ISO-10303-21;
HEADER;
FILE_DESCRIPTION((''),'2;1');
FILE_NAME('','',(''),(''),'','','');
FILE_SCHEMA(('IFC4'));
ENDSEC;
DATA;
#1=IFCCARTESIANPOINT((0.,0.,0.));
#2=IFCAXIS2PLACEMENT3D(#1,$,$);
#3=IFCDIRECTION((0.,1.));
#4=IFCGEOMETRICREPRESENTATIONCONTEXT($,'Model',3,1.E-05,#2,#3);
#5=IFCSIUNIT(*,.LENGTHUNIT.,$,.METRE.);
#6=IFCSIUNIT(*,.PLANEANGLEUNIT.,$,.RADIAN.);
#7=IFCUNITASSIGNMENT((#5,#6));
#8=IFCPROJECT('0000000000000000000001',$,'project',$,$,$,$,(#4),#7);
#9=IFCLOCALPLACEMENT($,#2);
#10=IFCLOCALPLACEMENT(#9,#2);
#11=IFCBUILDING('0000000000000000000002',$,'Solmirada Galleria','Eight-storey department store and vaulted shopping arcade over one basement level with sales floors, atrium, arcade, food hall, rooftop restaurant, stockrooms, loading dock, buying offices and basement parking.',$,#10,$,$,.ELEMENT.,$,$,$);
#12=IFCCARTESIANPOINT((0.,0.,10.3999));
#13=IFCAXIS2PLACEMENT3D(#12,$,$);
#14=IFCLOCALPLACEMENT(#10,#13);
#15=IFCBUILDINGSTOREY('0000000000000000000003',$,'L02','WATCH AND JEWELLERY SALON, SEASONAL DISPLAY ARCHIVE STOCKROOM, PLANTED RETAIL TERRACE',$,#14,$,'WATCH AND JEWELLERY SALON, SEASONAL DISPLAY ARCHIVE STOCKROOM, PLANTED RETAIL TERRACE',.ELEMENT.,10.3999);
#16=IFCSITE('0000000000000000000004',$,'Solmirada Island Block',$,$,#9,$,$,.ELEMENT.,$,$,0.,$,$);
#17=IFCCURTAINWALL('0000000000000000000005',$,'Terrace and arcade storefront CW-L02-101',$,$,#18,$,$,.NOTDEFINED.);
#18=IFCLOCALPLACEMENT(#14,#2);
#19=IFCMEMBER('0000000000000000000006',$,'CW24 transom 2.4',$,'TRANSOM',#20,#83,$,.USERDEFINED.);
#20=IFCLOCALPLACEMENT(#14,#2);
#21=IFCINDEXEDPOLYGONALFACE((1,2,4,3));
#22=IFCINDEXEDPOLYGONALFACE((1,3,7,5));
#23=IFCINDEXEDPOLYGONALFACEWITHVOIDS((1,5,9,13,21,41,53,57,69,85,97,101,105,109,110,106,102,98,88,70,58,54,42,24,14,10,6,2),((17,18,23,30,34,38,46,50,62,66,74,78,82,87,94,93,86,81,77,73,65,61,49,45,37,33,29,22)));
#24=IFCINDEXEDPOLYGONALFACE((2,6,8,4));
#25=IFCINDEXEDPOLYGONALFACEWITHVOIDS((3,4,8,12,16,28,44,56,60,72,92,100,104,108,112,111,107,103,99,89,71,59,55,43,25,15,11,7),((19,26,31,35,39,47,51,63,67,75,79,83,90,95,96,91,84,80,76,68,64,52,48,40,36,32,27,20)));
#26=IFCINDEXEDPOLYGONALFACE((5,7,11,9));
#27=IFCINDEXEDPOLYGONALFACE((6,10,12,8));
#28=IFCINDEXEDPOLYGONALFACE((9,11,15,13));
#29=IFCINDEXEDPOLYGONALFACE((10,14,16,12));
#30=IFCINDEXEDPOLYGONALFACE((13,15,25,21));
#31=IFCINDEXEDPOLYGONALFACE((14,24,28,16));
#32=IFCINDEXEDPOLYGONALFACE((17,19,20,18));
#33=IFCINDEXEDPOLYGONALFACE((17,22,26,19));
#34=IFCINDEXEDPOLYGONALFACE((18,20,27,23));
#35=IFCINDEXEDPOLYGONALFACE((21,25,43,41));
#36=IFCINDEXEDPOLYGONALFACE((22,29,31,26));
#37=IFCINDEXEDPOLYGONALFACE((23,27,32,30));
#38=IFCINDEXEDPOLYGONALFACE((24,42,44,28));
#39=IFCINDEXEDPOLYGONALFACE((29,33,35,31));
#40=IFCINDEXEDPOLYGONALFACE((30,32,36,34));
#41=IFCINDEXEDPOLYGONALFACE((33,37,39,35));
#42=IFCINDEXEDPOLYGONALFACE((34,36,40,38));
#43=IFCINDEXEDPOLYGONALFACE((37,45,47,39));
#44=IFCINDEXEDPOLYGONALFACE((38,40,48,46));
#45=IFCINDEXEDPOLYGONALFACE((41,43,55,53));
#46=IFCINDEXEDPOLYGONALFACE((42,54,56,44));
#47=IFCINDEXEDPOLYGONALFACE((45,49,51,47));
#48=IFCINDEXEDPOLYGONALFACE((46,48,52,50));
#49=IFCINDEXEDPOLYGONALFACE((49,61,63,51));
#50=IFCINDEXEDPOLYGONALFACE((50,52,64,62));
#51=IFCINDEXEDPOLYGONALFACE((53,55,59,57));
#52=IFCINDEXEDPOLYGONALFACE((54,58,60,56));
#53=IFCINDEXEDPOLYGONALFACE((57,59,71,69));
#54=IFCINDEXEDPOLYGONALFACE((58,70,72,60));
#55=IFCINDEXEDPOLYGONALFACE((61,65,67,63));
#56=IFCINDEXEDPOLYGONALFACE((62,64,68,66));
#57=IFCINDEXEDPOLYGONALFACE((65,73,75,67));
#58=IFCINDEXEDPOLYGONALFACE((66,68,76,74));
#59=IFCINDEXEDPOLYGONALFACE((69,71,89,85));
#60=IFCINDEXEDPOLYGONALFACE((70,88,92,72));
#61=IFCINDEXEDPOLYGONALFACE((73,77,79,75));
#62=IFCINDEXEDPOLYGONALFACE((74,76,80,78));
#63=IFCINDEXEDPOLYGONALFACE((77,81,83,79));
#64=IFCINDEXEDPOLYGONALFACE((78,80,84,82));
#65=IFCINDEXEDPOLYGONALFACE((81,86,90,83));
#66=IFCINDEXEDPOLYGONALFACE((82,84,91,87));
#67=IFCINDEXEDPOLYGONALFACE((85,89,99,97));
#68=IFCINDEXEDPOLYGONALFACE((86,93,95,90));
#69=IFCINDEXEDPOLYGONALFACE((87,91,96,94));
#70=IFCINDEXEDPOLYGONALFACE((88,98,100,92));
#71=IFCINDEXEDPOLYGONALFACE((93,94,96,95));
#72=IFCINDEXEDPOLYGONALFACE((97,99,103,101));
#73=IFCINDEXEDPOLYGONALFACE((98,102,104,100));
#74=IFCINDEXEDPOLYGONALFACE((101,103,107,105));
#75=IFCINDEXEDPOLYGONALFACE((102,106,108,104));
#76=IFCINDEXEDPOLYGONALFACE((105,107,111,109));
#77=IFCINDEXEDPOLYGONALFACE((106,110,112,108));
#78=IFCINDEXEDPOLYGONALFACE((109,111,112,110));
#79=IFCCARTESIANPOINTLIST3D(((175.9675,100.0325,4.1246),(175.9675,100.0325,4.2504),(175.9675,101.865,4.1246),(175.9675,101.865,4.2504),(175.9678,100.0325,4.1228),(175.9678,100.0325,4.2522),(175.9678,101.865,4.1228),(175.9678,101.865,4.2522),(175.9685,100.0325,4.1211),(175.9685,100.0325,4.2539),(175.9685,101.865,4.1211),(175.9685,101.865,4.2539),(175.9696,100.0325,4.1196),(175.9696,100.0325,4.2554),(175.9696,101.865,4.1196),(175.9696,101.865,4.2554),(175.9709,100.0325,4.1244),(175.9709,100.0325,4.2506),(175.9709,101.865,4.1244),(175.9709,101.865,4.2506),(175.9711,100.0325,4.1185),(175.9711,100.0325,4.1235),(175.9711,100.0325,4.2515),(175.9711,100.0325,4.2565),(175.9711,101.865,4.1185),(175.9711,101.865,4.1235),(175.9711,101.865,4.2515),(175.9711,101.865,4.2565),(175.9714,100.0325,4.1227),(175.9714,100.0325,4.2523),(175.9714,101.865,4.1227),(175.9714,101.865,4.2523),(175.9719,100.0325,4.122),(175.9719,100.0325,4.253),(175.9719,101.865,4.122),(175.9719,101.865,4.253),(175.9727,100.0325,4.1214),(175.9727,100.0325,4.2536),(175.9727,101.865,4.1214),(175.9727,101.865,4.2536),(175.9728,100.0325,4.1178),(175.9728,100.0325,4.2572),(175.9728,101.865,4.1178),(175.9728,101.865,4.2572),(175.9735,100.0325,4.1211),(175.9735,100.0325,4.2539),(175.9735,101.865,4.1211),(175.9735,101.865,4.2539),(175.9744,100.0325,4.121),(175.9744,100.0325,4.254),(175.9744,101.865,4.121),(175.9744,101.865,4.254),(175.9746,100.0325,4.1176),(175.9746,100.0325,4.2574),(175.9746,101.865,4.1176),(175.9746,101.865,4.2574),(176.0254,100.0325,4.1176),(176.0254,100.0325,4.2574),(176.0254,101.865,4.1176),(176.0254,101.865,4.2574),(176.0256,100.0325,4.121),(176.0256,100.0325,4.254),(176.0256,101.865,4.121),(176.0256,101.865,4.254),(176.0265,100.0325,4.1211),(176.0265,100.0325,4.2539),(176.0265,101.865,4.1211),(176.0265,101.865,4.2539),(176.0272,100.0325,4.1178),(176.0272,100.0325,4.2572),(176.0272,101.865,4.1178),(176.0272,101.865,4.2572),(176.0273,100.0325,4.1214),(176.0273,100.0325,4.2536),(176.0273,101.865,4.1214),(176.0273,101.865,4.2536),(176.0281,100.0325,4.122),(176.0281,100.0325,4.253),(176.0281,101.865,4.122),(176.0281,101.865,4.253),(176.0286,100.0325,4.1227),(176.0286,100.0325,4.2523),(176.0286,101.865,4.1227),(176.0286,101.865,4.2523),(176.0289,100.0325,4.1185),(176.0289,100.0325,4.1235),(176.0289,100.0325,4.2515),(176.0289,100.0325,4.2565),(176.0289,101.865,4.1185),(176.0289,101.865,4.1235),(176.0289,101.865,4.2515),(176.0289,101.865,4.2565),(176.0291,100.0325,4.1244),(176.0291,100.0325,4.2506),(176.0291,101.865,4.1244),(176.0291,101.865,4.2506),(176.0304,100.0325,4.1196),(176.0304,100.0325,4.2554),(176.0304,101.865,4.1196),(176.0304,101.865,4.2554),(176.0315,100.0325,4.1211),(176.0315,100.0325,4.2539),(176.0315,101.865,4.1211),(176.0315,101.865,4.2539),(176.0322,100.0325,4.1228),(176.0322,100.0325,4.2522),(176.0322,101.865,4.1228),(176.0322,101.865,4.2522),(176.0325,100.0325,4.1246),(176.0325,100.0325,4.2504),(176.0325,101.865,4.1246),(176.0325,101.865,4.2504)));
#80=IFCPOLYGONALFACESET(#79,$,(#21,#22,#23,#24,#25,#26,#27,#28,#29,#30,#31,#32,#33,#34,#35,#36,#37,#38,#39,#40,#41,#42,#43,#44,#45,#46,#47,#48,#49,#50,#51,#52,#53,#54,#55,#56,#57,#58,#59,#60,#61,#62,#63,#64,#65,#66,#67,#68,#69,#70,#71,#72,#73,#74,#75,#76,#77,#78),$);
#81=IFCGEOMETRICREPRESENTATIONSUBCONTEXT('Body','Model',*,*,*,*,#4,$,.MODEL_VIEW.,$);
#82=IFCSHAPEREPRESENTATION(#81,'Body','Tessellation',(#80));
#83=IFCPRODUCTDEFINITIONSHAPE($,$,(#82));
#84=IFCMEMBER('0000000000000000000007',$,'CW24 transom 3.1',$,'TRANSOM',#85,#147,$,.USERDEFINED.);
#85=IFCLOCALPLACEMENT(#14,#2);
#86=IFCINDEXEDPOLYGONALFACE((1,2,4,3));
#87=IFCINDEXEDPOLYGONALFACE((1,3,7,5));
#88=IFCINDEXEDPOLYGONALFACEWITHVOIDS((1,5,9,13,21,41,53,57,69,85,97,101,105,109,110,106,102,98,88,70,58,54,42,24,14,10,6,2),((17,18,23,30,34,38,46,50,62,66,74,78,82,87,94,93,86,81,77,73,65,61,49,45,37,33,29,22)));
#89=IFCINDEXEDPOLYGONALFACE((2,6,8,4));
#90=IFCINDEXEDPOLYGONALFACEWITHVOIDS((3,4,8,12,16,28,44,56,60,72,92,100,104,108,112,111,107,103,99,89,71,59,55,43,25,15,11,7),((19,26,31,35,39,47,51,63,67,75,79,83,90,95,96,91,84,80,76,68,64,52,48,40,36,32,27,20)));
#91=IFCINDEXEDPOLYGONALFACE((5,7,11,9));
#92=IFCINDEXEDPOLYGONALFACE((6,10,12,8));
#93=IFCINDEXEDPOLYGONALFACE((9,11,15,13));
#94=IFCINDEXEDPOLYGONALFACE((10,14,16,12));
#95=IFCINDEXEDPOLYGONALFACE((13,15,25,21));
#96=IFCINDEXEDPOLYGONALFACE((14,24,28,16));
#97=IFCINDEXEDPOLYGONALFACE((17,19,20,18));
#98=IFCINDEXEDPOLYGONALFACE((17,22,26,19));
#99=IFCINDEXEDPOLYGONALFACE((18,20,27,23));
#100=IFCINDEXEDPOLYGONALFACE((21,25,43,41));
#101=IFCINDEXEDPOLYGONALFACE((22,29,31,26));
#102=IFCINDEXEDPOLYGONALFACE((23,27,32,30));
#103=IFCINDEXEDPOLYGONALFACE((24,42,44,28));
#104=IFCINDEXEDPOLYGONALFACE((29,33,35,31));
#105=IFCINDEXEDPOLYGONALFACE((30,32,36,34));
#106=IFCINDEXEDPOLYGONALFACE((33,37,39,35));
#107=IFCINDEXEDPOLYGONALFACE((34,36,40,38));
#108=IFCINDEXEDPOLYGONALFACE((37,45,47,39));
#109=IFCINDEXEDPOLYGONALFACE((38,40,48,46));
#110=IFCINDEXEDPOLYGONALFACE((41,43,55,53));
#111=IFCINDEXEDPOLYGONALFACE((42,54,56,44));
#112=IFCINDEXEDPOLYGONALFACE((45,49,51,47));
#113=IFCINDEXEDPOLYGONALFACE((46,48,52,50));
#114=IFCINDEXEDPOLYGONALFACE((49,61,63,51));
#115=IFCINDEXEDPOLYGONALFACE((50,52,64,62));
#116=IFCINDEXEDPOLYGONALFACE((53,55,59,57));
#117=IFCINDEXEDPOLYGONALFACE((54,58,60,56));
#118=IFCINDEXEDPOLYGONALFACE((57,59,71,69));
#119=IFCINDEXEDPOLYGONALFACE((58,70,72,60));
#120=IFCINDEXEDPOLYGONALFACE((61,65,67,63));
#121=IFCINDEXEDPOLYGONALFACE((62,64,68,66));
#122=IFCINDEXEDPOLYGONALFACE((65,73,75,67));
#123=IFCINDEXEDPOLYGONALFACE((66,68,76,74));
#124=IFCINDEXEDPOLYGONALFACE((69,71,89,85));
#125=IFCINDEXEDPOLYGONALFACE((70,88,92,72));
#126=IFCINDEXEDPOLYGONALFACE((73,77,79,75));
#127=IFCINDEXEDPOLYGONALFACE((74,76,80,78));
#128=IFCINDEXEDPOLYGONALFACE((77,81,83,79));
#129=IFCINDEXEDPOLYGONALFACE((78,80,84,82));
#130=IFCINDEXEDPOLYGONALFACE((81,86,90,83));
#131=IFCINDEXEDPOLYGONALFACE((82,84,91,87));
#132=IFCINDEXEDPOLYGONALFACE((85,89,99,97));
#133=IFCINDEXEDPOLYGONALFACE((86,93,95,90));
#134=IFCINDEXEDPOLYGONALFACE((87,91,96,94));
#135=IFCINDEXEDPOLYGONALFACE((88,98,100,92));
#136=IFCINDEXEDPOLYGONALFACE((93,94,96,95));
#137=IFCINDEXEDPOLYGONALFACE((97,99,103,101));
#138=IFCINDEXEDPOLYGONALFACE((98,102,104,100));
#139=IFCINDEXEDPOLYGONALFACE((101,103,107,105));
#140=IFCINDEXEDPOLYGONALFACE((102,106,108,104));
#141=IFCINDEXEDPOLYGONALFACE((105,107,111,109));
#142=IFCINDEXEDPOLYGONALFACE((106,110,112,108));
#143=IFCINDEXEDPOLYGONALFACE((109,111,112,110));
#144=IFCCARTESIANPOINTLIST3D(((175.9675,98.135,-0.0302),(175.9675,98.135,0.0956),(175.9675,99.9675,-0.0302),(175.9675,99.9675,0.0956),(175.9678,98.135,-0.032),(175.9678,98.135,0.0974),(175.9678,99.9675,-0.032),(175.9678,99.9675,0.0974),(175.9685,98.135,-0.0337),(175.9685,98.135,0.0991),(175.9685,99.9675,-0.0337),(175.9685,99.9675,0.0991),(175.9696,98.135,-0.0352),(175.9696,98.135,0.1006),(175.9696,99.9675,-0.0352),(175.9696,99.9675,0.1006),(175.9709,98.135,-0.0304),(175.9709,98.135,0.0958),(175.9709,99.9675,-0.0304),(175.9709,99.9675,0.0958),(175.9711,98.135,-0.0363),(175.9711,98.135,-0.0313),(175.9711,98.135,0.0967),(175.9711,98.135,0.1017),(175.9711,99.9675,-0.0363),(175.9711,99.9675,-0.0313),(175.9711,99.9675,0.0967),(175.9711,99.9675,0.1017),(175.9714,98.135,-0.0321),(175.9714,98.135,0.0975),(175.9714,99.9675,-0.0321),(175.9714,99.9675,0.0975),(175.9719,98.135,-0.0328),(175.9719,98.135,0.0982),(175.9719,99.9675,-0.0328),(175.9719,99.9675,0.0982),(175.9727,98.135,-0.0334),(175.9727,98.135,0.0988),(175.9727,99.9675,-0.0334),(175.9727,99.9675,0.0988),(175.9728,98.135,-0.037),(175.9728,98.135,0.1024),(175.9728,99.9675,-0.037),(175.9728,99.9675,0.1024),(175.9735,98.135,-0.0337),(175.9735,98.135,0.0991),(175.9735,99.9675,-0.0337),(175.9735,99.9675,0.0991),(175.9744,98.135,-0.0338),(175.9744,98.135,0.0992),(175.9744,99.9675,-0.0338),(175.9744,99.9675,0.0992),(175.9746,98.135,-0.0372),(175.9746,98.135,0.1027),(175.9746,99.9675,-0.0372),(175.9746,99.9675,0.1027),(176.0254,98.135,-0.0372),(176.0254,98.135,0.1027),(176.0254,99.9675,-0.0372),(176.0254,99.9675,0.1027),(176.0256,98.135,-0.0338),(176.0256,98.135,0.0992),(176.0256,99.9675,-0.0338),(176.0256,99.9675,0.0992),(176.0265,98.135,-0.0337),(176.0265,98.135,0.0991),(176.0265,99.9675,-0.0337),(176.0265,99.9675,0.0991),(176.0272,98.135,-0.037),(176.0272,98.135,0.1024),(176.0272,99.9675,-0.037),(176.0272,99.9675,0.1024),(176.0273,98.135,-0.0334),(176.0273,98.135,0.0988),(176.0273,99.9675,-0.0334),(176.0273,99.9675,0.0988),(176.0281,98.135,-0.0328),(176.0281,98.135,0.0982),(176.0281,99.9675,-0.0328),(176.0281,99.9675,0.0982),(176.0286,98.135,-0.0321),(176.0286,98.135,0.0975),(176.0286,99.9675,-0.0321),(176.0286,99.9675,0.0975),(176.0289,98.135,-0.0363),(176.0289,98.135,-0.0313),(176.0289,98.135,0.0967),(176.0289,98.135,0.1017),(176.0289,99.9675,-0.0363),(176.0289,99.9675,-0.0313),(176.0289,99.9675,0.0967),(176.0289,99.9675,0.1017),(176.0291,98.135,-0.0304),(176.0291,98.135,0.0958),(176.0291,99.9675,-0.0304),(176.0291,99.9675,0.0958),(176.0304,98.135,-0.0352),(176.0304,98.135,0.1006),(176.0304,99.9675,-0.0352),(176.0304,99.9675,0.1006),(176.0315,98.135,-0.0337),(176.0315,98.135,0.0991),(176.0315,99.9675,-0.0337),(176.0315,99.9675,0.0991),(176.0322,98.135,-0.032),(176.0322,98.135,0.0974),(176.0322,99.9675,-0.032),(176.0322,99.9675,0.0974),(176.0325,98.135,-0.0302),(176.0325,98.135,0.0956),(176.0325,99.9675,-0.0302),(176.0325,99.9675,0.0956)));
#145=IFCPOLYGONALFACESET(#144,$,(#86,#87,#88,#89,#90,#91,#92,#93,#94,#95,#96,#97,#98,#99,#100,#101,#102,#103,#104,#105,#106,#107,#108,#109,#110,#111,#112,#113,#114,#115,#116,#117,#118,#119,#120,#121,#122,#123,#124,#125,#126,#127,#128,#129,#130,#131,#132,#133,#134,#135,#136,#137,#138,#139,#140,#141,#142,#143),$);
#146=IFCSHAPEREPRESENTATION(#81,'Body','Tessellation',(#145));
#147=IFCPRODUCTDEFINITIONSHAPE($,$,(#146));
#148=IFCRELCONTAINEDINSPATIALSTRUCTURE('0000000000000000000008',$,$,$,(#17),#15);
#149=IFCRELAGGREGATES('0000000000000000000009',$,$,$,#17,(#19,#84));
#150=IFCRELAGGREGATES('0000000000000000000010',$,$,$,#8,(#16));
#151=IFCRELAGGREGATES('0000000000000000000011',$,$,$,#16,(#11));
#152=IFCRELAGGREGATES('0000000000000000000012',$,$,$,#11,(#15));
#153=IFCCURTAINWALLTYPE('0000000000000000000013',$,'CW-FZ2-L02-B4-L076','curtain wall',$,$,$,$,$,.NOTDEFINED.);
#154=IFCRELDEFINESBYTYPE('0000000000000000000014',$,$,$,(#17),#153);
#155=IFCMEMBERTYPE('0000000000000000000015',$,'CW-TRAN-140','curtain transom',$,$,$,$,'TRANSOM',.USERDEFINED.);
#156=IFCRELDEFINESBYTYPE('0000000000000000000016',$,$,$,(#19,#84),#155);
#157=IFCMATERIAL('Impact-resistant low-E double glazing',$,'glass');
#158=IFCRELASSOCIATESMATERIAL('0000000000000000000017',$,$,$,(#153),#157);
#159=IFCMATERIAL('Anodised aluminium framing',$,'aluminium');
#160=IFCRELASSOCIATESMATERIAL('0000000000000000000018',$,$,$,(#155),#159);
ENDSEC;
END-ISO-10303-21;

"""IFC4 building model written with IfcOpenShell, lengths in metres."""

from ifc_helpers import new_model, si_unit, direction, frame, origin, origin_2d, place, context, subcontext, project, spatial, hollow_rectangle, extrude, material, material_profile, profile_set, type_object, element, aggregate, save


model = new_model("IFC4")

# Units and contexts
model_context = context("Model", 3, precision=1e-05, world=origin(), true_north=direction((0.0, 1.0)))
body_context = subcontext(model_context, "Body", "Model", "MODEL_VIEW")
ifc_project = project(units=[si_unit("LENGTHUNIT", "METRE"), si_unit("PLANEANGLEUNIT", "RADIAN")], contexts=[model_context])

# Site, building, storey
site_placement = place(None, origin())
site = spatial("IfcSite", under=ifc_project, at=site_placement, Name="Solmirada Island Block", CompositionType="ELEMENT", RefElevation=0.0)
building_placement = place(site_placement, origin())
building = spatial("IfcBuilding", under=site, at=building_placement, Name="Solmirada Galleria", Description="Eight-storey department store and vaulted shopping arcade over one basement level with sales floors, atrium, arcade, food hall, rooftop restaurant, stockrooms, loading dock, buying offices and basement parking.", CompositionType="ELEMENT")
storey_placement = place(building_placement, frame((0.0, 0.0, 10.3999)))
storey = spatial("IfcBuildingStorey", under=building, at=storey_placement, Name="L02", Description="WATCH AND JEWELLERY SALON, SEASONAL DISPLAY ARCHIVE STOCKROOM, PLANTED RETAIL TERRACE", LongName="WATCH AND JEWELLERY SALON, SEASONAL DISPLAY ARCHIVE STOCKROOM, PLANTED RETAIL TERRACE", CompositionType="ELEMENT", Elevation=10.3999)

# Curtain wall, members
ifc_material_1 = material(Name="Impact-resistant low-E double glazing", Category="glass")
curtain_wall_type = type_object("IfcCurtainWallType", Name="CW-FZ2-L02-B4-L076", Description="curtain wall", PredefinedType="NOTDEFINED", material=ifc_material_1)
curtain_wall_placement = place(storey_placement, origin())
curtain_wall = element("IfcCurtainWall", 1, at=curtain_wall_placement, inside=storey, type_object=curtain_wall_type, Name="Terrace and arcade storefront CW-L02-101", PredefinedType="NOTDEFINED")
ifc_material_2 = material(Name="Anodised aluminium framing", Category="aluminium")
ifc_material_profile_1 = material_profile(ifc_material_2, hollow_rectangle(XDim=0.0649, YDim=0.1399, WallThickness=0.0034, InnerFilletRadius=0.0034, OuterFilletRadius=0.0071, at=origin_2d()), Name="ALU-TRAN-140X65")
ifc_profile_set_1 = profile_set([ifc_material_profile_1], Name="Anodised aluminium framing")
member_type_1 = type_object("IfcMemberType", Name="CW-TRAN-140", Description="curtain transom", ElementType="TRANSOM", PredefinedType="USERDEFINED", material=ifc_profile_set_1)
member_1_placement = place(storey_placement, frame((176.0, 101.865, 4.1875), z_axis=(0.0, -1.0, 0.0), x_axis=(1.0, 0.0, 0.0)))
member_1 = element("IfcMember", 2, at=member_1_placement, type_object=member_type_1, Name="CW24 transom 2.4", ObjectType="TRANSOM", PredefinedType="USERDEFINED", context=body_context, shape_type="SweptSolid", body=[
    extrude(hollow_rectangle(XDim=0.0649, YDim=0.1399, WallThickness=0.0034, InnerFilletRadius=0.0034, OuterFilletRadius=0.0071, at=origin_2d()), origin(), (0.0, 0.0, 1.0), 1.8325),
])
member_2_placement = place(storey_placement, frame((176.0, 99.9675, 0.0327), z_axis=(0.0, -1.0, 0.0), x_axis=(1.0, 0.0, 0.0)))
member_2 = element("IfcMember", 3, at=member_2_placement, type_object=member_type_1, Name="CW24 transom 3.1", ObjectType="TRANSOM", PredefinedType="USERDEFINED", context=body_context, shape_type="SweptSolid", body=[
    extrude(hollow_rectangle(XDim=0.0649, YDim=0.1399, WallThickness=0.0034, InnerFilletRadius=0.0034, OuterFilletRadius=0.0071, at=origin_2d()), origin(), (0.0, 0.0, 1.0), 1.8325),
])
aggregate(curtain_wall, [member_1, member_2])

save(model, "model.ifc")
